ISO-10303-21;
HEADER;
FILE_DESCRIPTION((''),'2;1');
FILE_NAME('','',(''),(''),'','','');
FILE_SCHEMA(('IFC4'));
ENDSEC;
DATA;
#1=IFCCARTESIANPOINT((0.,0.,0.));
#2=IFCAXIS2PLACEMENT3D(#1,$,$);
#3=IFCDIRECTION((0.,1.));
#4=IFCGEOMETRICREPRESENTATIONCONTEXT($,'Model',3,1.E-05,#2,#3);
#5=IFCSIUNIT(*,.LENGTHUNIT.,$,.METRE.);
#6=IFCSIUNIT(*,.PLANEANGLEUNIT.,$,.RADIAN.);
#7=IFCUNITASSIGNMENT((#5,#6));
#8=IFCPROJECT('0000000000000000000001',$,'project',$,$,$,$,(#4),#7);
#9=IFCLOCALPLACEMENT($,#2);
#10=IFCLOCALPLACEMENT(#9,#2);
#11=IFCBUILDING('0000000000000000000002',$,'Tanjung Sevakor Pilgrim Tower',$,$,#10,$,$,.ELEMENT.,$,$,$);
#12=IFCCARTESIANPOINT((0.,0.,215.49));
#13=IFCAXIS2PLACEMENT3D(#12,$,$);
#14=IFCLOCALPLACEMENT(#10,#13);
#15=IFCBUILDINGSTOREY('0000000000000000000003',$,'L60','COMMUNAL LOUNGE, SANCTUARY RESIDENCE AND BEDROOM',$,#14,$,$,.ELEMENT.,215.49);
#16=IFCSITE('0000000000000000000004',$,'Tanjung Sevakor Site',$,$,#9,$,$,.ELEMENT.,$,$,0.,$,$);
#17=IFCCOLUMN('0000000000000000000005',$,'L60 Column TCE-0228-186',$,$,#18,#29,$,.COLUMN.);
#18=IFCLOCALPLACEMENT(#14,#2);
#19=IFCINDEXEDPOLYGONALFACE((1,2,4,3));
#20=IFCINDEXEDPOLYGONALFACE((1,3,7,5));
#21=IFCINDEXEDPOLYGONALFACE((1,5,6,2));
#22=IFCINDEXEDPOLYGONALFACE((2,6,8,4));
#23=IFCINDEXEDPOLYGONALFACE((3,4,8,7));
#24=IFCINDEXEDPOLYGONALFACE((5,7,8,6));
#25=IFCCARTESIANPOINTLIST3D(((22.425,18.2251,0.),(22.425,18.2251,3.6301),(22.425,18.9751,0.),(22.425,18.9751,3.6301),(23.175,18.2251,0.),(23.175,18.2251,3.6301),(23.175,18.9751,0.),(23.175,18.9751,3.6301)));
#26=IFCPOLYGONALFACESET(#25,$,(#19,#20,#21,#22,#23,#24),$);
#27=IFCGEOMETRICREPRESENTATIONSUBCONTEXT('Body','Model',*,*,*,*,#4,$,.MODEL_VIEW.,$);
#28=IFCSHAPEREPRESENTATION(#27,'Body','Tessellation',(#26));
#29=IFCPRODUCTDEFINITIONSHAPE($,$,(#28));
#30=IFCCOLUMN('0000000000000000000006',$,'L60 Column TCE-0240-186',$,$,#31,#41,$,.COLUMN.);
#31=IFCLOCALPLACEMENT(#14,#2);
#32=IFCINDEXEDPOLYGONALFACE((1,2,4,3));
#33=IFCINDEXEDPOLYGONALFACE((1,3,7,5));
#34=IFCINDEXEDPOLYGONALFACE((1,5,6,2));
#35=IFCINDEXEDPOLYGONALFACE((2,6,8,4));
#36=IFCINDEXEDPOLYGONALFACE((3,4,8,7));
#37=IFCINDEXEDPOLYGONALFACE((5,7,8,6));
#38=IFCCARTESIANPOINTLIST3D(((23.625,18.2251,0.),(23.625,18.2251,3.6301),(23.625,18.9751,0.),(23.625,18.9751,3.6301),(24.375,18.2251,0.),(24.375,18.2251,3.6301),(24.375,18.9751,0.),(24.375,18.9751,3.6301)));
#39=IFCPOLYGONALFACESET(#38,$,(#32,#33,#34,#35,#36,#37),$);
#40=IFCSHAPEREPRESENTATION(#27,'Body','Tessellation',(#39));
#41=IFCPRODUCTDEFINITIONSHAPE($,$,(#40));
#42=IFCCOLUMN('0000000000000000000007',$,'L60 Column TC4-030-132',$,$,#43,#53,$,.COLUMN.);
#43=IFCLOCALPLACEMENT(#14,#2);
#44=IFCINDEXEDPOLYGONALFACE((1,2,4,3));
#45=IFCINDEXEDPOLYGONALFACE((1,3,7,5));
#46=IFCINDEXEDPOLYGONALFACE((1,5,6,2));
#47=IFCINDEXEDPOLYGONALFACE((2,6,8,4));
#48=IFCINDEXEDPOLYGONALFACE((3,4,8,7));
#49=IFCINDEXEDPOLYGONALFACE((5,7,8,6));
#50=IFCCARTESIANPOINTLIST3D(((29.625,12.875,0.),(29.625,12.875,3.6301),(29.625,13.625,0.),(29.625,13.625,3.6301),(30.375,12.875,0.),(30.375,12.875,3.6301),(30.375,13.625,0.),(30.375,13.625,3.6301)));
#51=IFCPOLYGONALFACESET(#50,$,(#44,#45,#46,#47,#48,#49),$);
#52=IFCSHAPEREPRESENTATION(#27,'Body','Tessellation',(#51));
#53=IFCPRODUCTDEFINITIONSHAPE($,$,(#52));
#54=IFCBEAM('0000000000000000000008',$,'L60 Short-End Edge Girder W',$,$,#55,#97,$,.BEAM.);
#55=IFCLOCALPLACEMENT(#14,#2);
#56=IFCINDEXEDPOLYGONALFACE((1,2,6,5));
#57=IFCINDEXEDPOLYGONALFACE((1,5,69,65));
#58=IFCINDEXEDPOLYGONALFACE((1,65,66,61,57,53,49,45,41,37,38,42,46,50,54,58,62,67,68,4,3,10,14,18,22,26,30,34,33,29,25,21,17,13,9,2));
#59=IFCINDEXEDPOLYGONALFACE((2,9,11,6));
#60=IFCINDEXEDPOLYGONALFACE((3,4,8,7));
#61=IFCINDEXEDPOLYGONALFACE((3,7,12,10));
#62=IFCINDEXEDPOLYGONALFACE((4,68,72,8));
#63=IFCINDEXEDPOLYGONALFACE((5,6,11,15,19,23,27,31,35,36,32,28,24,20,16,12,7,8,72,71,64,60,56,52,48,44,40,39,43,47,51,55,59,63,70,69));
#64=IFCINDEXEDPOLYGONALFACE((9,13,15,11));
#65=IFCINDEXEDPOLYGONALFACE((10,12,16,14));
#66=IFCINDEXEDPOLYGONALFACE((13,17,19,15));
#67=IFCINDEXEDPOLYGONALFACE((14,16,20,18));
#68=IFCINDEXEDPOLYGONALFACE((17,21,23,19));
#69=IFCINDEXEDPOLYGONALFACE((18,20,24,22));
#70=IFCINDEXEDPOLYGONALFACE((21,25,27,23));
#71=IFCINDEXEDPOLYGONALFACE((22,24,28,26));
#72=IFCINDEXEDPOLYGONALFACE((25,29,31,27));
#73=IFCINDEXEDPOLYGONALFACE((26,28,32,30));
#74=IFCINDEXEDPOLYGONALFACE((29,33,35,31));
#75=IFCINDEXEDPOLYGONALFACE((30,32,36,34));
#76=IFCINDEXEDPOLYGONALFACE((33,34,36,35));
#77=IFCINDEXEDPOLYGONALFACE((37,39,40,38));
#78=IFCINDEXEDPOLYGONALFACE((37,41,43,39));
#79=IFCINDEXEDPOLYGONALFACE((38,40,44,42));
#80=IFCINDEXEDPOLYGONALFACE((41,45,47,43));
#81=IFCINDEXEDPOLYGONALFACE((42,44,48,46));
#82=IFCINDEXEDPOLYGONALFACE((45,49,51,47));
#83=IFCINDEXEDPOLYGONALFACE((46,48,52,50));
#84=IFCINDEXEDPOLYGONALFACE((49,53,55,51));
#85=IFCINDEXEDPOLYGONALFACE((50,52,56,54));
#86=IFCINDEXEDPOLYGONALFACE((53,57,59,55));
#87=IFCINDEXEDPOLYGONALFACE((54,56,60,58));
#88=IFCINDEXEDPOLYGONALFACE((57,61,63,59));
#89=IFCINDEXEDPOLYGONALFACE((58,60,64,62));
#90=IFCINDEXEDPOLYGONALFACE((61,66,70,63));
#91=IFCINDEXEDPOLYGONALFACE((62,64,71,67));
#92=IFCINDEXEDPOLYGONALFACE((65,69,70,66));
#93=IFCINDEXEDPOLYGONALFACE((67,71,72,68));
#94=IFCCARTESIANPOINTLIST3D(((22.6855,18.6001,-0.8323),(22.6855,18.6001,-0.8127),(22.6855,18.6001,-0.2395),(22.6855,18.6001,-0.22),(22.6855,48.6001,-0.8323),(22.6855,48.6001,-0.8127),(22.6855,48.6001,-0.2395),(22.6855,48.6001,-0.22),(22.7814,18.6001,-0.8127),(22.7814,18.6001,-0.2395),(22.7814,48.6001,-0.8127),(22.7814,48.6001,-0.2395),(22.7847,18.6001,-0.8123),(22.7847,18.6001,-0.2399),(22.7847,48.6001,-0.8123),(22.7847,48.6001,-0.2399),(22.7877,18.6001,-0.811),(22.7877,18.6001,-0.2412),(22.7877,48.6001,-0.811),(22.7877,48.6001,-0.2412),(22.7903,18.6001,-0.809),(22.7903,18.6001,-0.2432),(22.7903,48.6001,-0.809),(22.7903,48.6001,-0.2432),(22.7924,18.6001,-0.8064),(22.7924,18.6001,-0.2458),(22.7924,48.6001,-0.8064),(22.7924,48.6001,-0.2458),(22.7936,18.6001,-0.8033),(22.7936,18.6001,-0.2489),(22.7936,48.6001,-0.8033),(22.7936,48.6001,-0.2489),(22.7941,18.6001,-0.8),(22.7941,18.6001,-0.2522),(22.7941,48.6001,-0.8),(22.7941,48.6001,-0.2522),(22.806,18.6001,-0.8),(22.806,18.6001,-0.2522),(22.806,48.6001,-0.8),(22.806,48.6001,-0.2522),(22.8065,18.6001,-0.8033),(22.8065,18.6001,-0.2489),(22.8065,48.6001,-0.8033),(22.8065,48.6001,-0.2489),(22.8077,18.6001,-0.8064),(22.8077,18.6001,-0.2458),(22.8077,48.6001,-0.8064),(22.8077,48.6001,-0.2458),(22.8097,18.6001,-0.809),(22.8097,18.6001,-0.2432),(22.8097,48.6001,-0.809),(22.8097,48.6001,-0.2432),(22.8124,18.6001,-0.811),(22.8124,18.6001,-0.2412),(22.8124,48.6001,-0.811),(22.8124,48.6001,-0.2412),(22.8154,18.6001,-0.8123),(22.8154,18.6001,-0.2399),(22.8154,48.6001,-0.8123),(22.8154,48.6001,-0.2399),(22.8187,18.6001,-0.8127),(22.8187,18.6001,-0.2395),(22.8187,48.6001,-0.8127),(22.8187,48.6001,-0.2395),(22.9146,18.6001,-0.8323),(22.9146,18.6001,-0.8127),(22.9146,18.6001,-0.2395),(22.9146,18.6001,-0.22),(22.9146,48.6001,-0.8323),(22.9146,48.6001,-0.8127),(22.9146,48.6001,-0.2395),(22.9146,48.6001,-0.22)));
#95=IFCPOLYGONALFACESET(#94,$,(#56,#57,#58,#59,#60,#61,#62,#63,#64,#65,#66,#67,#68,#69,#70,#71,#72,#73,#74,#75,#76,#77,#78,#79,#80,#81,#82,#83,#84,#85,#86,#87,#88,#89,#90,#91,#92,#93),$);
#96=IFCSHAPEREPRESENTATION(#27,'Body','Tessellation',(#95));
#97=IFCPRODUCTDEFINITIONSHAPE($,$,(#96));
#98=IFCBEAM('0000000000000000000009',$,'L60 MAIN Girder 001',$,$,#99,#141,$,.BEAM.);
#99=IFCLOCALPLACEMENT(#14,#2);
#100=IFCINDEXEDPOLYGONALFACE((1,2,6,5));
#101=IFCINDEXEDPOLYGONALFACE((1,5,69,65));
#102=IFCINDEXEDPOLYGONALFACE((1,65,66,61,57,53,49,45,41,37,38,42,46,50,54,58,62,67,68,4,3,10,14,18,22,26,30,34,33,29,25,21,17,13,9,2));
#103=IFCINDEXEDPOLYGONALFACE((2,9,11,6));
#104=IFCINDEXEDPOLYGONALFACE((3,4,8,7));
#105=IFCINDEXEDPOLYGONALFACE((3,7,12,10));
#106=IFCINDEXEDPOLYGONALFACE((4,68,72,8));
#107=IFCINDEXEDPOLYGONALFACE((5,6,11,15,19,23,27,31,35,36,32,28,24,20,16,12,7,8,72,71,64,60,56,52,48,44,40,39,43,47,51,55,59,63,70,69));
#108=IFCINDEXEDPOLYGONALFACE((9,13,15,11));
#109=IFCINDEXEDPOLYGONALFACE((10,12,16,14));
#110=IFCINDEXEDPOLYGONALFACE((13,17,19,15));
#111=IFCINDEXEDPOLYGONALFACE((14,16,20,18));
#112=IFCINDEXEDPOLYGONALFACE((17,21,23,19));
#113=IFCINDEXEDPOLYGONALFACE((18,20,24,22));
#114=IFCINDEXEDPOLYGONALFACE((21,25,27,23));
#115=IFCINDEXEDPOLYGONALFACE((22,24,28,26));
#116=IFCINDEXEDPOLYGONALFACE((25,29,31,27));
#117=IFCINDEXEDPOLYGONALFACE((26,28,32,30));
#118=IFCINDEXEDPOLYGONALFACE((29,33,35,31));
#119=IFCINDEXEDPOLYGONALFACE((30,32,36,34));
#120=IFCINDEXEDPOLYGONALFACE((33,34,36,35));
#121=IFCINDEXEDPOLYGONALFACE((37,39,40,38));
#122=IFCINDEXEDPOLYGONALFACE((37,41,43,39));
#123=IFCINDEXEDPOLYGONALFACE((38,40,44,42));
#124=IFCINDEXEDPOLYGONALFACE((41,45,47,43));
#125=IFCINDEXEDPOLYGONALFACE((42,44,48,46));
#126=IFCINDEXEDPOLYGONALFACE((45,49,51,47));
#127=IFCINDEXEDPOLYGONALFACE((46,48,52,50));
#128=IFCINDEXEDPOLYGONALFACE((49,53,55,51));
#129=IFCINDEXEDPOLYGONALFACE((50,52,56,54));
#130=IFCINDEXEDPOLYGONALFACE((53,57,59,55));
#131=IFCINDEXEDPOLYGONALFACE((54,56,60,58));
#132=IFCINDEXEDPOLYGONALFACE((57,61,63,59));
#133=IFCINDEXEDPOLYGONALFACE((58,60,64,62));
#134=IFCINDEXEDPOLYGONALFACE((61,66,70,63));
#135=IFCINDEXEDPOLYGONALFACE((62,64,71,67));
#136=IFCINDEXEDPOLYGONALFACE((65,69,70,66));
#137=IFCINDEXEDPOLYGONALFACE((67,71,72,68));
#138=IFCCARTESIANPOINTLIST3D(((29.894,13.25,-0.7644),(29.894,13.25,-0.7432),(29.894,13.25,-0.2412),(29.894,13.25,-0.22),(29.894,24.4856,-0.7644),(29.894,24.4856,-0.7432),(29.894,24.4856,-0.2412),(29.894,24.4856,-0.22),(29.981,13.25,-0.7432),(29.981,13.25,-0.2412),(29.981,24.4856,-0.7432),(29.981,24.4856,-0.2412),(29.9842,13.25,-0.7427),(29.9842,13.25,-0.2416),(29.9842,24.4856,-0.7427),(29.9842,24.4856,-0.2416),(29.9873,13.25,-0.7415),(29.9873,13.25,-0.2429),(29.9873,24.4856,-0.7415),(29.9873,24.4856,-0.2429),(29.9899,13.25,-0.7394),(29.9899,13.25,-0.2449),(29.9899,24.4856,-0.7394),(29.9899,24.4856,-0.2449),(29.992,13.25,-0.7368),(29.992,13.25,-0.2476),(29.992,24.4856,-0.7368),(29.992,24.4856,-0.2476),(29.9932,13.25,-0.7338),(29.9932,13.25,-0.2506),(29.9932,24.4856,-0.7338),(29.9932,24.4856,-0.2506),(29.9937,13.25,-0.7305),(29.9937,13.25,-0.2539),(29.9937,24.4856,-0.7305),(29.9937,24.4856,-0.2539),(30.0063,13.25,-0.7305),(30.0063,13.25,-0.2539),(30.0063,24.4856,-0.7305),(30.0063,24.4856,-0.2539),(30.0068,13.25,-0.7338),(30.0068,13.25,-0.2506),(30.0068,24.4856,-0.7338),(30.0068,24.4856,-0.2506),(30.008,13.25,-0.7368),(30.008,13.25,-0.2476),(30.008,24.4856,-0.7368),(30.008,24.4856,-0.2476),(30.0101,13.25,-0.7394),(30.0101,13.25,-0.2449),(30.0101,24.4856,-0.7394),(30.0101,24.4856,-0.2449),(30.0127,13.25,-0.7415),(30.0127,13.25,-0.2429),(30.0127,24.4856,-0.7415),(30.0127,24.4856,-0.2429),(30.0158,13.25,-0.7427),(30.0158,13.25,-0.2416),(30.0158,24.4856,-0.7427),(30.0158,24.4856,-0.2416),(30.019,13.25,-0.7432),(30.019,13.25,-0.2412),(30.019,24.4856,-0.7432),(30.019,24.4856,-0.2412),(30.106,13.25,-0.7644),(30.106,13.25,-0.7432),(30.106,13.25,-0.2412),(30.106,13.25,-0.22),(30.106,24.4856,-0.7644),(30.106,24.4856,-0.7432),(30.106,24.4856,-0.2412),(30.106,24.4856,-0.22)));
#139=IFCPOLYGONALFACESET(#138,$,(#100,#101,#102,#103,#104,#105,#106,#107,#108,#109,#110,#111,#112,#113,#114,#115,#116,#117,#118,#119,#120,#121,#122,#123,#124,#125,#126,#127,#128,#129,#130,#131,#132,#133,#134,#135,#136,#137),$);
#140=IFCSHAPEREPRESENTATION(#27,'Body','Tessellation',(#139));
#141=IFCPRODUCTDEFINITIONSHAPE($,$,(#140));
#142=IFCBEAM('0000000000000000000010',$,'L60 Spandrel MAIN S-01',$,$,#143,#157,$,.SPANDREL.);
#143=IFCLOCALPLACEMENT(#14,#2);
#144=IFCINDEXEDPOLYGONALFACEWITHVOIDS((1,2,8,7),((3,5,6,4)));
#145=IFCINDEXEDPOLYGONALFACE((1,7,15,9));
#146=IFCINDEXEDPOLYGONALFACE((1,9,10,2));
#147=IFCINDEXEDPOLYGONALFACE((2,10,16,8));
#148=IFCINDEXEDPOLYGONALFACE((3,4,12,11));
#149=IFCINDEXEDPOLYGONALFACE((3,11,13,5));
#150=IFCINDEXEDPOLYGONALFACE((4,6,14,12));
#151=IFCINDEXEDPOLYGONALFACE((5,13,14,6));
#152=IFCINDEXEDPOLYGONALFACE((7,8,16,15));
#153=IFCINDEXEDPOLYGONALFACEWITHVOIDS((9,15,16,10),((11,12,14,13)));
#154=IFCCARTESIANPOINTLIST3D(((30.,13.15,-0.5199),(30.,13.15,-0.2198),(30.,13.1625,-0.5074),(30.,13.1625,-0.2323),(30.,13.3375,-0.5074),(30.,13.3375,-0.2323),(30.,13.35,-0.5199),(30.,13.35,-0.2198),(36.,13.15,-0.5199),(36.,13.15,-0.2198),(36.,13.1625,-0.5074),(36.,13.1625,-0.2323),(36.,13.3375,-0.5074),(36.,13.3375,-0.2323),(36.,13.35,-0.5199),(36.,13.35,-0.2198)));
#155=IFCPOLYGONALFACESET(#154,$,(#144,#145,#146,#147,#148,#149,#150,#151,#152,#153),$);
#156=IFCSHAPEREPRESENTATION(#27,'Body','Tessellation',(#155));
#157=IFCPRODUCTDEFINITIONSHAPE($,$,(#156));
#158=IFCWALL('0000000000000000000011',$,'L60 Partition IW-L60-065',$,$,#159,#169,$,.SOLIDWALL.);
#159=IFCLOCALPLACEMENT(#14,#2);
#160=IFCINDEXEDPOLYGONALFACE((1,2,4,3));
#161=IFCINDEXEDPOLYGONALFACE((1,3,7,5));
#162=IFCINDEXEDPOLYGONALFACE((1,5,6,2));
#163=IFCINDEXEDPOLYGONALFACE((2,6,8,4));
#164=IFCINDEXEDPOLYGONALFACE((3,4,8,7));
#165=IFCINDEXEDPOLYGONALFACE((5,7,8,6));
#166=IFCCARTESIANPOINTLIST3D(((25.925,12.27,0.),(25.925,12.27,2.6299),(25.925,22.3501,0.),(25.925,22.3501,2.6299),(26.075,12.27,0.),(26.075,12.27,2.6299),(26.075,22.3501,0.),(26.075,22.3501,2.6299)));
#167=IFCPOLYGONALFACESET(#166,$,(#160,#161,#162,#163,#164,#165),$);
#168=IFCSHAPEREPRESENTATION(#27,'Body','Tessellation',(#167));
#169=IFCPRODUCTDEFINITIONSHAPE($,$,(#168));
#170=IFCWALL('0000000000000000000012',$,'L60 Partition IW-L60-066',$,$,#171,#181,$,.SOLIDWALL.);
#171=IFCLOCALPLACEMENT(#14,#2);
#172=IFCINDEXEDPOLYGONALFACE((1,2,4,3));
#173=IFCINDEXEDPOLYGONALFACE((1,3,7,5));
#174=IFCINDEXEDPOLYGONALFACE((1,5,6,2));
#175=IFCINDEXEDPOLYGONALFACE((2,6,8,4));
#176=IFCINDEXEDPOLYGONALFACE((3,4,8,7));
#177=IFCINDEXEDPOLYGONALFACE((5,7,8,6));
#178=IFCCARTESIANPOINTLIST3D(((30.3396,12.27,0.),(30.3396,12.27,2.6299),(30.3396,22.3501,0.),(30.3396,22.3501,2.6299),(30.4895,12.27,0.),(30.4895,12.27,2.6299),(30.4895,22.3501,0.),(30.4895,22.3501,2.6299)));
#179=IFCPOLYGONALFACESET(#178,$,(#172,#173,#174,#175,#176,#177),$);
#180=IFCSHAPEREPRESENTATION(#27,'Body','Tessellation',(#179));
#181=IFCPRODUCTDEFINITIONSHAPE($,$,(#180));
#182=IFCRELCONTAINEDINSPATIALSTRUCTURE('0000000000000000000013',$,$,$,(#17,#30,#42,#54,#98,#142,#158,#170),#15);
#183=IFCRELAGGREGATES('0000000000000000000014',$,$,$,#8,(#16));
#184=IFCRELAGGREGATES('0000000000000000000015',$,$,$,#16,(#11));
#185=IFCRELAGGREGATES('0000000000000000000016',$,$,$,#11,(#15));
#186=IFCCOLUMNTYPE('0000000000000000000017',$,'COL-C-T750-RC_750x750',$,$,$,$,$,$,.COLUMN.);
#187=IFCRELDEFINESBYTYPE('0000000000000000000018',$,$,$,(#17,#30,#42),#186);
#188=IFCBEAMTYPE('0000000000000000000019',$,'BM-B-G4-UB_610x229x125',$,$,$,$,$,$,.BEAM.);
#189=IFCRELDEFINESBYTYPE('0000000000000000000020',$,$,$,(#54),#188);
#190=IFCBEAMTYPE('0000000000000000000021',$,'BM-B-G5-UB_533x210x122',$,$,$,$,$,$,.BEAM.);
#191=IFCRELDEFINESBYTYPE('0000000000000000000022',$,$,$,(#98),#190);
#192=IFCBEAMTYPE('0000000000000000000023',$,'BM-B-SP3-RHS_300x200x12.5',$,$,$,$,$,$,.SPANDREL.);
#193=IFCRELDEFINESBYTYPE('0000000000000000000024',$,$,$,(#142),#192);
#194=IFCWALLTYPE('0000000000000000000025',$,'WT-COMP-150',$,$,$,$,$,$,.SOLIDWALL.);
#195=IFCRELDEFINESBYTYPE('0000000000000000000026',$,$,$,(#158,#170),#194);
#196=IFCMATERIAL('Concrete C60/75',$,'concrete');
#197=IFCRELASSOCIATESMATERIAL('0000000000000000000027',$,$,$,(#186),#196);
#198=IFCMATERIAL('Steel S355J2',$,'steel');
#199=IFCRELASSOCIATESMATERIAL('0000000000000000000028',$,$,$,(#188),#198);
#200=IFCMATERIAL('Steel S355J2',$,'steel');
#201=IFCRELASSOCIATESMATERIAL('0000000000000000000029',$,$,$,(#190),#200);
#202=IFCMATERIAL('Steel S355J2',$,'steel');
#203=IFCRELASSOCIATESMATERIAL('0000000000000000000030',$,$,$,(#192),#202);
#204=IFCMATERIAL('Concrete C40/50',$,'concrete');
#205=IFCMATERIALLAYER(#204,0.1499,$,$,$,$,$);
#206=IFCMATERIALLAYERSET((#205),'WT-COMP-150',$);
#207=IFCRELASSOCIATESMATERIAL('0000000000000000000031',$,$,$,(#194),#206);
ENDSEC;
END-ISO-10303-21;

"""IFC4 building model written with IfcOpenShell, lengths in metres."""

from ifc_helpers import new_model, si_unit, direction, frame, frame_2d, origin, origin_2d, place, context, subcontext, project, spatial, rectangle, hollow_rectangle, i_section, extrude, material, layer, layer_set, material_profile, profile_set, type_object, element, save


model = new_model("IFC4")

# Units and contexts
model_context = context("Model", 3, precision=1e-05, world=origin(), true_north=direction((0.0, 1.0)))
body_context = subcontext(model_context, "Body", "Model", "MODEL_VIEW")
ifc_project = project(units=[si_unit("LENGTHUNIT", "METRE"), si_unit("PLANEANGLEUNIT", "RADIAN")], contexts=[model_context])

# Site, building, storey
site_placement = place(None, origin())
site = spatial("IfcSite", under=ifc_project, at=site_placement, Name="Tanjung Sevakor Site", CompositionType="ELEMENT", RefElevation=0.0)
building_placement = place(site_placement, origin())
building = spatial("IfcBuilding", under=site, at=building_placement, Name="Tanjung Sevakor Pilgrim Tower", CompositionType="ELEMENT")
storey_placement = place(building_placement, frame((0.0, 0.0, 215.49)))
storey = spatial("IfcBuildingStorey", under=building, at=storey_placement, Name="L60", Description="COMMUNAL LOUNGE, SANCTUARY RESIDENCE AND BEDROOM", CompositionType="ELEMENT", Elevation=215.49)

# Columns
ifc_material_1 = material(Name="Concrete C60/75", Category="concrete")
ifc_material_profile_1 = material_profile(ifc_material_1, rectangle(XDim=0.75, YDim=0.75, at=origin_2d()))
ifc_profile_set_1 = profile_set([ifc_material_profile_1], Name="Concrete C60/75")
column_type = type_object("IfcColumnType", Name="COL-C-T750-RC_750x750", PredefinedType="COLUMN", material=ifc_profile_set_1)
for number, where, z_axis, x_axis, name in (
    (1, (22.8, 18.6001, 0.0), (0.0, 0.0, 1.0), (1.0, 0.0, 0.0), "L60 Column TCE-0228-186"),
    (2, (24.0, 18.6001, 0.0), (0.0, 0.0, 1.0), (1.0, 0.0, 0.0), "L60 Column TCE-0240-186"),
    (3, (30.0, 13.25, 0.0), (0.0, 0.0, 1.0), (1.0, 0.0, 0.0), "L60 Column TC4-030-132"),
):
    element("IfcColumn", number, at=place(storey_placement, frame(where, z_axis=z_axis, x_axis=x_axis)), inside=storey, type_object=column_type, Name=name, PredefinedType="COLUMN", context=body_context, shape_type="SweptSolid", body=[
        extrude(rectangle(XDim=0.75, YDim=0.75, at=origin_2d()), origin(), (0.0, 0.0, 1.0), 3.6301),
    ])

# Beams
ifc_material_2 = material(Name="Steel S355J2", Category="steel")
ifc_material_profile_2 = material_profile(ifc_material_2, i_section(OverallWidth=0.229, OverallDepth=0.6123, WebThickness=0.012, FlangeThickness=0.0195, FilletRadius=0.0127, at=origin_2d()))
ifc_profile_set_2 = profile_set([ifc_material_profile_2], Name="Steel S355J2")
beam_type_1 = type_object("IfcBeamType", Name="BM-B-G4-UB_610x229x125", PredefinedType="BEAM", material=ifc_profile_set_2)
beam_1_placement = place(storey_placement, frame((22.8, 18.6001, -0.5261), z_axis=(0.0, 1.0, 0.0), x_axis=(-1.0, 0.0, 0.0)))
element("IfcBeam", 4, at=beam_1_placement, inside=storey, type_object=beam_type_1, Name="L60 Short-End Edge Girder W", PredefinedType="BEAM", context=body_context, shape_type="SweptSolid", body=[
    extrude(i_section(OverallWidth=0.229, OverallDepth=0.6123, WebThickness=0.012, FlangeThickness=0.0195, FilletRadius=0.0127, at=origin_2d()), origin(), (0.0, 0.0, 1.0), 30.0),
])
ifc_material_3 = material(Name="Steel S355J2", Category="steel")
ifc_material_profile_3 = material_profile(ifc_material_3, i_section(OverallWidth=0.2119, OverallDepth=0.5444, WebThickness=0.0127, FlangeThickness=0.0212, FilletRadius=0.0127, at=origin_2d()))
ifc_profile_set_3 = profile_set([ifc_material_profile_3], Name="Steel S355J2")
beam_type_2 = type_object("IfcBeamType", Name="BM-B-G5-UB_533x210x122", PredefinedType="BEAM", material=ifc_profile_set_3)
beam_2_placement = place(storey_placement, frame((30.0, 13.25, -0.4922), z_axis=(0.0, 1.0, 0.0), x_axis=(-1.0, 0.0, 0.0)))
element("IfcBeam", 5, at=beam_2_placement, inside=storey, type_object=beam_type_2, Name="L60 MAIN Girder 001", PredefinedType="BEAM", context=body_context, shape_type="SweptSolid", body=[
    extrude(i_section(OverallWidth=0.2119, OverallDepth=0.5444, WebThickness=0.0127, FlangeThickness=0.0212, FilletRadius=0.0127, at=origin_2d()), origin(), (0.0, 0.0, 1.0), 11.2356),
])
ifc_material_4 = material(Name="Steel S355J2", Category="steel")
ifc_material_profile_4 = material_profile(ifc_material_4, hollow_rectangle(XDim=0.2, YDim=0.3, WallThickness=0.0125, at=origin_2d()))
ifc_profile_set_4 = profile_set([ifc_material_profile_4], Name="Steel S355J2")
beam_type_3 = type_object("IfcBeamType", Name="BM-B-SP3-RHS_300x200x12.5", PredefinedType="SPANDREL", material=ifc_profile_set_4)
beam_3_placement = place(storey_placement, frame((30.0, 13.25, -0.3699), z_axis=(1.0, 0.0, 0.0), x_axis=(0.0, 1.0, 0.0)))
element("IfcBeam", 6, at=beam_3_placement, inside=storey, type_object=beam_type_3, Name="L60 Spandrel MAIN S-01", PredefinedType="SPANDREL", context=body_context, shape_type="SweptSolid", body=[
    extrude(hollow_rectangle(XDim=0.2, YDim=0.3, WallThickness=0.0125, at=origin_2d()), origin(), (0.0, 0.0, 1.0), 6.0),
])

# Walls
ifc_material_5 = material(Name="Concrete C40/50", Category="concrete")
ifc_layer_1 = layer(ifc_material_5, 0.1499)
ifc_layer_set_1 = layer_set([ifc_layer_1], Name="WT-COMP-150")
wall_type_1 = type_object("IfcWallType", Name="WT-COMP-150", PredefinedType="SOLIDWALL", material=ifc_layer_set_1)
for number, where, z_axis, x_axis, name in (
    (7, (26.0, 12.27, 0.0), (0.0, 0.0, 1.0), (0.0, 1.0, 0.0), "L60 Partition IW-L60-065"),
    (8, (30.4146, 12.27, 0.0), (0.0, 0.0, 1.0), (0.0, 1.0, 0.0), "L60 Partition IW-L60-066"),
):
    element("IfcWall", number, at=place(storey_placement, frame(where, z_axis=z_axis, x_axis=x_axis)), inside=storey, type_object=wall_type_1, Name=name, PredefinedType="SOLIDWALL", context=body_context, shape_type="SweptSolid", body=[
        extrude(rectangle(XDim=10.0801, YDim=0.1499, at=frame_2d((5.04, 0.0))), origin(), (0.0, 0.0, 1.0), 2.6299),
    ])

save(model, "model.ifc")
